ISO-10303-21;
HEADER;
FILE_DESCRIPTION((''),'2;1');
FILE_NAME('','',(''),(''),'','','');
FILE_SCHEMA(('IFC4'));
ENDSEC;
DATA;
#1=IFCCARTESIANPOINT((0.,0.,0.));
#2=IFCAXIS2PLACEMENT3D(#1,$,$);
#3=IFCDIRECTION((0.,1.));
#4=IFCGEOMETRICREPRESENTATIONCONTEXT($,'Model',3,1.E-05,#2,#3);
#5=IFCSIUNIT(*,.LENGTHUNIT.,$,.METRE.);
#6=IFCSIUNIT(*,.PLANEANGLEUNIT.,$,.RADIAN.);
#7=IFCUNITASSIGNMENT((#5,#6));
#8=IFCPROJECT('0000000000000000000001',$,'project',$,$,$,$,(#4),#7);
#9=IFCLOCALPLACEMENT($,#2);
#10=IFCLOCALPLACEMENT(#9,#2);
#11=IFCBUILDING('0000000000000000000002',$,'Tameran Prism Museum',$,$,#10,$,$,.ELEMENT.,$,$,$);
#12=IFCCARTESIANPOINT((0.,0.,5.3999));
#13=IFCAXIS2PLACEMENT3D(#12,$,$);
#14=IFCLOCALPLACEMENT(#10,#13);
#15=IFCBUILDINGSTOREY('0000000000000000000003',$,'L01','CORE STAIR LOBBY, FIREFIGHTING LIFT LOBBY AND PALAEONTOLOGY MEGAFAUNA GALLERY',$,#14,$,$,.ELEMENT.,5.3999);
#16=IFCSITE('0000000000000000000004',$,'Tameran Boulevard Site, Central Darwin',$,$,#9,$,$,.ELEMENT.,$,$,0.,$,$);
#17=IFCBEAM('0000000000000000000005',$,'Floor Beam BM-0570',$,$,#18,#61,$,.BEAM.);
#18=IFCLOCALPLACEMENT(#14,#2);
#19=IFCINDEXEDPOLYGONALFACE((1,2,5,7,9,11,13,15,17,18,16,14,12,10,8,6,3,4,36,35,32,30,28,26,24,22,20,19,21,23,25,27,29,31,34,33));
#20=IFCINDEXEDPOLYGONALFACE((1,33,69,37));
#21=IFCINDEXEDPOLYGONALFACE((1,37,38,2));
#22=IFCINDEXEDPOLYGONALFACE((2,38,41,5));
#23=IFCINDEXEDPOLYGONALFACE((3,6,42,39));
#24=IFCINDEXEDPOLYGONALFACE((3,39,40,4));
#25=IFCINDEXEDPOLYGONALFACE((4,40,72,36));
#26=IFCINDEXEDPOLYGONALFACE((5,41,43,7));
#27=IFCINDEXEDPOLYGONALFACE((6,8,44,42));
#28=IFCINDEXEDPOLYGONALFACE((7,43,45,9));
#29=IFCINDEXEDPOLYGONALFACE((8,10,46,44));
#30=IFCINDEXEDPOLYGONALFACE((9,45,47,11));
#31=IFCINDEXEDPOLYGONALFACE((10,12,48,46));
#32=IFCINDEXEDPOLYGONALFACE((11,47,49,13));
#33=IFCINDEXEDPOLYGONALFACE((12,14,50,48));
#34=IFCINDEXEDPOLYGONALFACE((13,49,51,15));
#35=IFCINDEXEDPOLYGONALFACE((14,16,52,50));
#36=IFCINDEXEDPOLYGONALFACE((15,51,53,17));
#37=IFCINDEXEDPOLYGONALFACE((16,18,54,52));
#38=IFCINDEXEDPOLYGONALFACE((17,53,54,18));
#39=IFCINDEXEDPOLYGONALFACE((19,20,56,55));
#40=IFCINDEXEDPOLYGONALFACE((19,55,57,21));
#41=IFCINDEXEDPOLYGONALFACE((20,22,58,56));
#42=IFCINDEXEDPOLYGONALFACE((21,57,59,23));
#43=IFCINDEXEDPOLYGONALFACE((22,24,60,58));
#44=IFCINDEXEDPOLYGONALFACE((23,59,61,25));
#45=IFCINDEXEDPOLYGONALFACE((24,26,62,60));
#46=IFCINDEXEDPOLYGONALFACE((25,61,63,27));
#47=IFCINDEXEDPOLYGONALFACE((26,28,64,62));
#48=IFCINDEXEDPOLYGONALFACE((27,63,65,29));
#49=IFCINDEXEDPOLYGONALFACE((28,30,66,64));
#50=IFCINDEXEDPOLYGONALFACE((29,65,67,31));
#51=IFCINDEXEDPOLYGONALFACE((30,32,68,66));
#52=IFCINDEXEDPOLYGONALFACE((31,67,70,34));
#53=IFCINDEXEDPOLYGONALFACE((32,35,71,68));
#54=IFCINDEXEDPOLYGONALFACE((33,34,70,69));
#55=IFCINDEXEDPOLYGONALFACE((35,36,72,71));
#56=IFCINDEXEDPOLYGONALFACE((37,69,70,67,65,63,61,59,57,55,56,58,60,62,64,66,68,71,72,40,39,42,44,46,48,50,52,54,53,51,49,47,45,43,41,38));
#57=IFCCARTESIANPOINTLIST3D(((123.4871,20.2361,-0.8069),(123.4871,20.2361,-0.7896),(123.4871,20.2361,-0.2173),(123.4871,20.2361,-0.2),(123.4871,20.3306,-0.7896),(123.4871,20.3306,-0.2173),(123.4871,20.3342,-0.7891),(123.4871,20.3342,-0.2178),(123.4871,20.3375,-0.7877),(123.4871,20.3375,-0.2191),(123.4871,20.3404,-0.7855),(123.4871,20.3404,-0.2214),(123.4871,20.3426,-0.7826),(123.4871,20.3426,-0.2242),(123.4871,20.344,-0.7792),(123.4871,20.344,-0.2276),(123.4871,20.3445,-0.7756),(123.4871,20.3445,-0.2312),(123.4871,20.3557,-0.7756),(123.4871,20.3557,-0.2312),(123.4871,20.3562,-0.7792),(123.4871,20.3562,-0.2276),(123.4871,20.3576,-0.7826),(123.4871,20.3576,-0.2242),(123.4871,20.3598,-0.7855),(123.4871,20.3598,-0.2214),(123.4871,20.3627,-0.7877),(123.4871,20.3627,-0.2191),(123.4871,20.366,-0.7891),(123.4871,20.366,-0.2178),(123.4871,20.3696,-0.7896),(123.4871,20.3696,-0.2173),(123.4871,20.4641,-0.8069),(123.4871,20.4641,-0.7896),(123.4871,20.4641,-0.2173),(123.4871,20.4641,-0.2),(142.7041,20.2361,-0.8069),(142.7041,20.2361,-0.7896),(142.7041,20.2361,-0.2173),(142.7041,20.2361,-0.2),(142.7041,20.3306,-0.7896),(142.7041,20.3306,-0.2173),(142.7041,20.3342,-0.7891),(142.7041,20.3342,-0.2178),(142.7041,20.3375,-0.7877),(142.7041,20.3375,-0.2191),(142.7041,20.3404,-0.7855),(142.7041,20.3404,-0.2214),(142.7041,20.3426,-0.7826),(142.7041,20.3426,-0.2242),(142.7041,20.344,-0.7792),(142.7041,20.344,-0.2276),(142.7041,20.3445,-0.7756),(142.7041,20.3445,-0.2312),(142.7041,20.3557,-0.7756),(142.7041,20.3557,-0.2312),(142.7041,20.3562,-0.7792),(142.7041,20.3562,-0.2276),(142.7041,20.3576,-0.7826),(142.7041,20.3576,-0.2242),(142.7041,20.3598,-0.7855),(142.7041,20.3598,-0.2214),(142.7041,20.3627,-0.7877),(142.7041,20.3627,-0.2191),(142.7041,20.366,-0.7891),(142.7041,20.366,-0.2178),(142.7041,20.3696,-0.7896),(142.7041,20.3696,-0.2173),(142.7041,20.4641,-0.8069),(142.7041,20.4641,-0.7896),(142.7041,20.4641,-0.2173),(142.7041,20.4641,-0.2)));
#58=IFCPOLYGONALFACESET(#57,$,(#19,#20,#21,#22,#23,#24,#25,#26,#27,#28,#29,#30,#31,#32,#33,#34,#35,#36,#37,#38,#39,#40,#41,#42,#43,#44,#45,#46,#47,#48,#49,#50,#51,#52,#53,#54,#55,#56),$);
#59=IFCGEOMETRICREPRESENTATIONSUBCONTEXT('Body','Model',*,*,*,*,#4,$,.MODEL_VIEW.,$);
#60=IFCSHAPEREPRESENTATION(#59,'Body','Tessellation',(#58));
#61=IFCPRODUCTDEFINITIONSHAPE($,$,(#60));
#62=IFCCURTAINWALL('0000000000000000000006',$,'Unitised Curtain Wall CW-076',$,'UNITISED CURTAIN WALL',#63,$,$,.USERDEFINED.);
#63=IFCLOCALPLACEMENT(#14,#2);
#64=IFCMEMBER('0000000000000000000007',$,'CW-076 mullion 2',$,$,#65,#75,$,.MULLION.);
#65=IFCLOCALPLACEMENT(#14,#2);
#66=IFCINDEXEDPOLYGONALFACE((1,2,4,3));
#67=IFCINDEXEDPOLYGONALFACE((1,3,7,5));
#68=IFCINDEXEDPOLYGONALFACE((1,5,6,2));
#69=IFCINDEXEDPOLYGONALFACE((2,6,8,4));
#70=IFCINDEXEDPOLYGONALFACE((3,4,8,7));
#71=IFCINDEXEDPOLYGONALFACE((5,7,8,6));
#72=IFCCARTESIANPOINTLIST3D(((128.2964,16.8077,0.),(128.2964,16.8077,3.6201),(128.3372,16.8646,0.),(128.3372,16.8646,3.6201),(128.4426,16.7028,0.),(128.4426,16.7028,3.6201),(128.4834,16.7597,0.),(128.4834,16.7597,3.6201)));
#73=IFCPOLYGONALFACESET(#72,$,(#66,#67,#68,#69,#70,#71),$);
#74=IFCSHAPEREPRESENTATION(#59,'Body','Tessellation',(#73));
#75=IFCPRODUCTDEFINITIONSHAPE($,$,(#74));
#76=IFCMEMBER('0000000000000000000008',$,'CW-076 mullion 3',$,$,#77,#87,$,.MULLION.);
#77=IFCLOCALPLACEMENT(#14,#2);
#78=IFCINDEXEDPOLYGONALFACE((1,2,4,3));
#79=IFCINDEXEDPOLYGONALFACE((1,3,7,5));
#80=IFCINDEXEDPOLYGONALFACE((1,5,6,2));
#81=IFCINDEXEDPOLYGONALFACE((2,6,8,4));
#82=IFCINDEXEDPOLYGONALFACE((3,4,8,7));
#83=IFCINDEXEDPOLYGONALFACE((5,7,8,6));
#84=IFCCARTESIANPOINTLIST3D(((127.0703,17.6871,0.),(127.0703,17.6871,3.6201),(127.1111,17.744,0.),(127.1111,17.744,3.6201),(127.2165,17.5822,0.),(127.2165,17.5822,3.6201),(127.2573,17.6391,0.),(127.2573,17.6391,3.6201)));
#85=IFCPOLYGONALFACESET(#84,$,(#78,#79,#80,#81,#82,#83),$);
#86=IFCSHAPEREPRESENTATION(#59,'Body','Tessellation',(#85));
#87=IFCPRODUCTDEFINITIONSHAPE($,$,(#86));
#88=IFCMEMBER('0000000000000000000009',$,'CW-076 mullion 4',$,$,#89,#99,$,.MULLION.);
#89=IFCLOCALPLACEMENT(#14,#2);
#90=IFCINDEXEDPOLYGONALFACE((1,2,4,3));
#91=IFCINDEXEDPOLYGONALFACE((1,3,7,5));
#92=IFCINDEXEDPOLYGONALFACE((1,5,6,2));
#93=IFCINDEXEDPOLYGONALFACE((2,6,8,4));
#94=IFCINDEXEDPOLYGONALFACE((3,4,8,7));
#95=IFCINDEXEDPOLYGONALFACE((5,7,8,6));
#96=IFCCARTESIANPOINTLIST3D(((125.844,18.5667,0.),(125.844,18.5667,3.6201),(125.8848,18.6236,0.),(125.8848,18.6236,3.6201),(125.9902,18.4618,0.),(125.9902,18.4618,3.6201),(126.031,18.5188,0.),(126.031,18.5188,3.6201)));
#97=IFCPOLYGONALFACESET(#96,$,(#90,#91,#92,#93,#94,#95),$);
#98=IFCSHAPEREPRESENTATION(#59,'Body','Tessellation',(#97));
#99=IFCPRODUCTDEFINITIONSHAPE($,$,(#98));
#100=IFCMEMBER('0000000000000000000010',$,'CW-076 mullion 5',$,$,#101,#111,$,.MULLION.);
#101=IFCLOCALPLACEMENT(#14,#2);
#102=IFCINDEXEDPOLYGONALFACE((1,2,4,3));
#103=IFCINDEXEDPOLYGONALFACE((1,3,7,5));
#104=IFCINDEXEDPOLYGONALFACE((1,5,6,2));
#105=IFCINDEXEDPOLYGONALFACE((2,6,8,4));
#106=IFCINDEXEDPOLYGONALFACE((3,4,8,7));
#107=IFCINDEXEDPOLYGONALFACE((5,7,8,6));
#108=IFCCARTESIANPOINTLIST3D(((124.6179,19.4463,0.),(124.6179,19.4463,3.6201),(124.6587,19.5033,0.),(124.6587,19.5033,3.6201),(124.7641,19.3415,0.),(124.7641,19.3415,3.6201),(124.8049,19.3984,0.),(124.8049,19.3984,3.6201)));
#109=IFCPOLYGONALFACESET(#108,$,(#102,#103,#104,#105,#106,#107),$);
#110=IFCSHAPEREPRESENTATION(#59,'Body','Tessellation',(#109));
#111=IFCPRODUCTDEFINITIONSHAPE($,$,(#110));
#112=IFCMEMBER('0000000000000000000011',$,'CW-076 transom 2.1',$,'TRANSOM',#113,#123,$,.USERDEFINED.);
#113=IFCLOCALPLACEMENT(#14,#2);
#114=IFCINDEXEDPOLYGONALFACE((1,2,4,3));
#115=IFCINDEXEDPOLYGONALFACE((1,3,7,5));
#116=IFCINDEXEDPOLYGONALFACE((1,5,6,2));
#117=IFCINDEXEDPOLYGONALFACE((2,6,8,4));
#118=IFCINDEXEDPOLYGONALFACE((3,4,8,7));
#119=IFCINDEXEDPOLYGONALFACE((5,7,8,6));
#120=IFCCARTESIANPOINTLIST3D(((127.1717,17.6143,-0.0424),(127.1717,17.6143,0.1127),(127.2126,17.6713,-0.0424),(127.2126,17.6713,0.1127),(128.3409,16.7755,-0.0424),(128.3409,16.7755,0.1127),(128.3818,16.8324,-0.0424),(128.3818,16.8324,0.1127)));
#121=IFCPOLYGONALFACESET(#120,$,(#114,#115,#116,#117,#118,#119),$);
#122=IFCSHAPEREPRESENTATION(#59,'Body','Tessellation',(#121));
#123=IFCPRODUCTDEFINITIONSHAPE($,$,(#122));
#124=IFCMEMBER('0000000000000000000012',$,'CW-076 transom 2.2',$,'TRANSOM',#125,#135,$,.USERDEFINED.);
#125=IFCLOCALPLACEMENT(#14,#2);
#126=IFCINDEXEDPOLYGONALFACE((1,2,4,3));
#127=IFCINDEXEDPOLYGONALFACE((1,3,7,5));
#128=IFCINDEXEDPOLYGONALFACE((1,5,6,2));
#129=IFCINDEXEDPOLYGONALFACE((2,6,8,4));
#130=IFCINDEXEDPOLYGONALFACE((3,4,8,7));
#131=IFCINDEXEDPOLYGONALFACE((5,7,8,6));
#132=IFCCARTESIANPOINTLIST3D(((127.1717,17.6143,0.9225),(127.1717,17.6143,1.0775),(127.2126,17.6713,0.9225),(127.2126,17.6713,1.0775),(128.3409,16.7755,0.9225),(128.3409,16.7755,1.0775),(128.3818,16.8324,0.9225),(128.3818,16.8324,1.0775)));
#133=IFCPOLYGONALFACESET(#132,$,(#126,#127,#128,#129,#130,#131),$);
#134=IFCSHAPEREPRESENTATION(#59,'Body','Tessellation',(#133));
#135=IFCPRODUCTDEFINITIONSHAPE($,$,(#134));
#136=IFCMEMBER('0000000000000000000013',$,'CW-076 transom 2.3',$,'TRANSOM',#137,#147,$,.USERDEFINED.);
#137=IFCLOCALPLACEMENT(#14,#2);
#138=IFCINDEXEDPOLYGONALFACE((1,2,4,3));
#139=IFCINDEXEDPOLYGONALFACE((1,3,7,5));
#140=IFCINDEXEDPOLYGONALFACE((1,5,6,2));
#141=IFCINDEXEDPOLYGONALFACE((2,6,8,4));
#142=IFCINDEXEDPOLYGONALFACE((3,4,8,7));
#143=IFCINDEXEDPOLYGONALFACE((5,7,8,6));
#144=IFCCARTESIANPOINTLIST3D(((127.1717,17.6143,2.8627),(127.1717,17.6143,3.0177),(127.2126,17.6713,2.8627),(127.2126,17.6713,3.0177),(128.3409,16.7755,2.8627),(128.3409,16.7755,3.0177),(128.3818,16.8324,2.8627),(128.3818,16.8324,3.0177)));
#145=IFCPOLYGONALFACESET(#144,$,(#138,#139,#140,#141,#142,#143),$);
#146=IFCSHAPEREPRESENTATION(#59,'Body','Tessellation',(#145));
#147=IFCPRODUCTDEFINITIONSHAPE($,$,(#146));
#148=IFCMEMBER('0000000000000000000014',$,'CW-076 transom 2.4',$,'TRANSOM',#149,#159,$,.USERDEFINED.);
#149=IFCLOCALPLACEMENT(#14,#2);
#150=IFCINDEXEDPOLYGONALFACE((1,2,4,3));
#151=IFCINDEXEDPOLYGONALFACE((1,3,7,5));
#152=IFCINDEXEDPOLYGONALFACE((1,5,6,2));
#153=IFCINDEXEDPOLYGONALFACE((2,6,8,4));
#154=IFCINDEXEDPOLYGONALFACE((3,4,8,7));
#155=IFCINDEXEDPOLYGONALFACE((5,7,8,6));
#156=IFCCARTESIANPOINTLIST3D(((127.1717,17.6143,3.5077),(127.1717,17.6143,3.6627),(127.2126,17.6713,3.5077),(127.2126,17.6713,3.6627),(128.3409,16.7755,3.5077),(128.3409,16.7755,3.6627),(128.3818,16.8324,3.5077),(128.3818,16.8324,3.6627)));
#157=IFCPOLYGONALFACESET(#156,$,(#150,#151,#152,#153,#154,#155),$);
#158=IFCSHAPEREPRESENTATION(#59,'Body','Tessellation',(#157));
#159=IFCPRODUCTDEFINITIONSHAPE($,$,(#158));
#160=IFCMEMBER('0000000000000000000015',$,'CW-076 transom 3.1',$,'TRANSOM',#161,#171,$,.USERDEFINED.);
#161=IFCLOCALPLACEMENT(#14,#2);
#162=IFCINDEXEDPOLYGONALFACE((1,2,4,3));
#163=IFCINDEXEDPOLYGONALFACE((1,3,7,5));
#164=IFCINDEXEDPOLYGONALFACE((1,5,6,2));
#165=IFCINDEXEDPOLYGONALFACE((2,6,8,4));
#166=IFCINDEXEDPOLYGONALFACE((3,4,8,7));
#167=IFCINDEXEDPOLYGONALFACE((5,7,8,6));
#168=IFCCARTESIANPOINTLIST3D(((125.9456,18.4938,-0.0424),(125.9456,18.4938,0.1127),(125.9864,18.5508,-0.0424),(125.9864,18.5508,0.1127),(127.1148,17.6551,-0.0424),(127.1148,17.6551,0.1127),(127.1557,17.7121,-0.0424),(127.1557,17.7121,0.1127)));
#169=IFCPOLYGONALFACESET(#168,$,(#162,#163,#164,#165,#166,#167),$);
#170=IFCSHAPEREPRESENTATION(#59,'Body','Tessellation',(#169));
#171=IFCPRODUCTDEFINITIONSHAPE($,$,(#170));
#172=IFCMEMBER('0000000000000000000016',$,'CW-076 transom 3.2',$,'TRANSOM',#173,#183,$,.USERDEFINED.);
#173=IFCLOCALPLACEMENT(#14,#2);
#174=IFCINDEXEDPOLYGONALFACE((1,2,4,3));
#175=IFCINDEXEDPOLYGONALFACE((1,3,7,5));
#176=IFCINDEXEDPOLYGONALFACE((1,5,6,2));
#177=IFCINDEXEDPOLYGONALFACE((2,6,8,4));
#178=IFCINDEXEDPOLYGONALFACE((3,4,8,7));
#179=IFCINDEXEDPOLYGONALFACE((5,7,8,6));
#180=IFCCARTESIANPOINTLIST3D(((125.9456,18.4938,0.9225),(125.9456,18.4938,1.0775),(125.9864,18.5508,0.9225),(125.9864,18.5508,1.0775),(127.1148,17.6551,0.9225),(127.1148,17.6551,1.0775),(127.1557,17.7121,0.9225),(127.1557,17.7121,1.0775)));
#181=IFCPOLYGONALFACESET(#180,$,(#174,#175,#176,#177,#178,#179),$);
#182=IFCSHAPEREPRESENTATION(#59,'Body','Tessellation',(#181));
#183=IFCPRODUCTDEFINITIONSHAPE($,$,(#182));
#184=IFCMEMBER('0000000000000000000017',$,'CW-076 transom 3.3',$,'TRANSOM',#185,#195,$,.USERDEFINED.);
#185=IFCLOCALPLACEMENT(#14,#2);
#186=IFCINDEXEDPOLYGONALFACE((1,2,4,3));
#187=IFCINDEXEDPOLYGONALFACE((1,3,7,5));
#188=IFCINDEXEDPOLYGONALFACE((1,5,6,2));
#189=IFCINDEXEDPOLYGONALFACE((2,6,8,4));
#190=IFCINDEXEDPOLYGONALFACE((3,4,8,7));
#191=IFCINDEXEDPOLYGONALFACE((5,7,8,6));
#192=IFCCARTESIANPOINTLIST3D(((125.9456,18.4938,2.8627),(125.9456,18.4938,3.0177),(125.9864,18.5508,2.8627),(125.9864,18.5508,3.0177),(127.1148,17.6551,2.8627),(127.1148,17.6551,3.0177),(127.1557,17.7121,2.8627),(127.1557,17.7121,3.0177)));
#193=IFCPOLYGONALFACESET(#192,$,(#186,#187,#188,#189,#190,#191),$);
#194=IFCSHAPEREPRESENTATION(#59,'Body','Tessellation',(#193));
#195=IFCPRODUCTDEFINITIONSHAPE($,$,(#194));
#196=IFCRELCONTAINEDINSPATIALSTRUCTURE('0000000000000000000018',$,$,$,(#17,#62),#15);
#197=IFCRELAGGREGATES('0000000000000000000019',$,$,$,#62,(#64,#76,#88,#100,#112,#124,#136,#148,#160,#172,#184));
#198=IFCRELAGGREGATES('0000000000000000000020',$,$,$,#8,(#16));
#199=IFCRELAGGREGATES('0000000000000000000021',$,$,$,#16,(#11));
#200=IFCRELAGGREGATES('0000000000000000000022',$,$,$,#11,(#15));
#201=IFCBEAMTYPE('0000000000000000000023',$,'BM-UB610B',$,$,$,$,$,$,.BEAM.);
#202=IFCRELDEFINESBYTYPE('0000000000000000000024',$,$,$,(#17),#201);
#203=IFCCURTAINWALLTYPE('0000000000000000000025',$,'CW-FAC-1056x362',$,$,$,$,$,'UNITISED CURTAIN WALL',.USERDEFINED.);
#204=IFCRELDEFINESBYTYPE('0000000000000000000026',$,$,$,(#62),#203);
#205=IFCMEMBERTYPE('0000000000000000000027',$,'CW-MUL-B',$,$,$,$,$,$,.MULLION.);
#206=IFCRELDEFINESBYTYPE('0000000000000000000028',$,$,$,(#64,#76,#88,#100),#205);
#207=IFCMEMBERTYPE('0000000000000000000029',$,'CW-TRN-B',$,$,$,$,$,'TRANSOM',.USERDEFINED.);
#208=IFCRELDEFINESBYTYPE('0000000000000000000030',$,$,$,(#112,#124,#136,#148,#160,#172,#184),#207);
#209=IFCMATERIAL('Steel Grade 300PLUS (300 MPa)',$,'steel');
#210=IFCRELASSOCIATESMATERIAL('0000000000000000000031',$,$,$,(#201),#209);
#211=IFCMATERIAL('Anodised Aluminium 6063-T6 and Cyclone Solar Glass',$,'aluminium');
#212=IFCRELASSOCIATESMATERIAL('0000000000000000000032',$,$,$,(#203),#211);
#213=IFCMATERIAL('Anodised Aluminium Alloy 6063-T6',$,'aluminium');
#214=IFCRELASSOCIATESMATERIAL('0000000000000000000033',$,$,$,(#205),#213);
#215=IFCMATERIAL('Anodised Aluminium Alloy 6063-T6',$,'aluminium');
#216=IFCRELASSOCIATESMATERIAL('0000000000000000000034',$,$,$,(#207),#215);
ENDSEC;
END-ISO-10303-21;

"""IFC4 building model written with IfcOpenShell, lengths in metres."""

from ifc_helpers import new_model, si_unit, direction, frame, origin, origin_2d, place, context, subcontext, project, spatial, rectangle, i_section, extrude, material, material_profile, profile_set, type_object, element, aggregate, save


model = new_model("IFC4")

# Units and contexts
model_context = context("Model", 3, precision=1e-05, world=origin(), true_north=direction((0.0, 1.0)))
body_context = subcontext(model_context, "Body", "Model", "MODEL_VIEW")
ifc_project = project(units=[si_unit("LENGTHUNIT", "METRE"), si_unit("PLANEANGLEUNIT", "RADIAN")], contexts=[model_context])

# Site, building, storey
site_placement = place(None, origin())
site = spatial("IfcSite", under=ifc_project, at=site_placement, Name="Tameran Boulevard Site, Central Darwin", CompositionType="ELEMENT", RefElevation=0.0)
building_placement = place(site_placement, origin())
building = spatial("IfcBuilding", under=site, at=building_placement, Name="Tameran Prism Museum", CompositionType="ELEMENT")
storey_placement = place(building_placement, frame((0.0, 0.0, 5.3999)))
storey = spatial("IfcBuildingStorey", under=building, at=storey_placement, Name="L01", Description="CORE STAIR LOBBY, FIREFIGHTING LIFT LOBBY AND PALAEONTOLOGY MEGAFAUNA GALLERY", CompositionType="ELEMENT", Elevation=5.3999)

# Beam
ifc_material_1 = material(Name="Steel Grade 300PLUS (300 MPa)", Category="steel")
ifc_material_profile_1 = material_profile(ifc_material_1, i_section(OverallWidth=0.228, OverallDepth=0.6069, WebThickness=0.0112, FlangeThickness=0.0173, FilletRadius=0.0139, at=origin_2d()))
ifc_profile_set_1 = profile_set([ifc_material_profile_1])
beam_type = type_object("IfcBeamType", Name="BM-UB610B", PredefinedType="BEAM", material=ifc_profile_set_1)
beam_placement = place(storey_placement, frame((123.4871, 20.3501, -0.5034), z_axis=(1.0, 0.0, 0.0), x_axis=(0.0, 1.0, 0.0)))
element("IfcBeam", 1, at=beam_placement, inside=storey, type_object=beam_type, Name="Floor Beam BM-0570", PredefinedType="BEAM", context=body_context, shape_type="SweptSolid", body=[
    extrude(i_section(OverallWidth=0.228, OverallDepth=0.6069, WebThickness=0.0112, FlangeThickness=0.0173, FilletRadius=0.0139, at=origin_2d()), origin(), (0.0, 0.0, 1.0), 19.217),
])

# Curtain wall, members
ifc_material_2 = material(Name="Anodised Aluminium 6063-T6 and Cyclone Solar Glass", Category="aluminium")
curtain_wall_type = type_object("IfcCurtainWallType", Name="CW-FAC-1056x362", ElementType="UNITISED CURTAIN WALL", PredefinedType="USERDEFINED", material=ifc_material_2)
curtain_wall_placement = place(storey_placement, origin())
curtain_wall = element("IfcCurtainWall", 2, at=curtain_wall_placement, inside=storey, type_object=curtain_wall_type, Name="Unitised Curtain Wall CW-076", ObjectType="UNITISED CURTAIN WALL", PredefinedType="USERDEFINED")
ifc_material_3 = material(Name="Anodised Aluminium Alloy 6063-T6", Category="aluminium")
ifc_material_profile_2 = material_profile(ifc_material_3, rectangle(XDim=0.0701, YDim=0.1799, at=origin_2d()))
ifc_profile_set_2 = profile_set([ifc_material_profile_2])
member_type_1 = type_object("IfcMemberType", Name="CW-MUL-B", PredefinedType="MULLION", material=ifc_profile_set_2)
member_1_placement = place(storey_placement, frame((128.3899, 16.7837, 0.0), z_axis=(0.0, 0.0, 1.0), x_axis=(-0.582885, -0.812555, 0.0)))
member_1 = element("IfcMember", 3, at=member_1_placement, type_object=member_type_1, Name="CW-076 mullion 2", PredefinedType="MULLION", context=body_context, shape_type="SweptSolid", body=[
    extrude(rectangle(XDim=0.0701, YDim=0.1799, at=origin_2d()), origin(), (0.0, 0.0, 1.0), 3.6201),
])
member_2_placement = place(storey_placement, frame((127.1638, 17.6631, 0.0), z_axis=(0.0, 0.0, 1.0), x_axis=(-0.582885, -0.812555, 0.0)))
member_2 = element("IfcMember", 4, at=member_2_placement, type_object=member_type_1, Name="CW-076 mullion 3", PredefinedType="MULLION", context=body_context, shape_type="SweptSolid", body=[
    extrude(rectangle(XDim=0.0701, YDim=0.1799, at=origin_2d()), origin(), (0.0, 0.0, 1.0), 3.6201),
])
member_3_placement = place(storey_placement, frame((125.9375, 18.5427, 0.0), z_axis=(0.0, 0.0, 1.0), x_axis=(-0.582885, -0.812555, 0.0)))
member_3 = element("IfcMember", 5, at=member_3_placement, type_object=member_type_1, Name="CW-076 mullion 4", PredefinedType="MULLION", context=body_context, shape_type="SweptSolid", body=[
    extrude(rectangle(XDim=0.0701, YDim=0.1799, at=origin_2d()), origin(), (0.0, 0.0, 1.0), 3.6201),
])
member_4_placement = place(storey_placement, frame((124.7114, 19.4224, 0.0), z_axis=(0.0, 0.0, 1.0), x_axis=(-0.582885, -0.812555, 0.0)))
member_4 = element("IfcMember", 6, at=member_4_placement, type_object=member_type_1, Name="CW-076 mullion 5", PredefinedType="MULLION", context=body_context, shape_type="SweptSolid", body=[
    extrude(rectangle(XDim=0.0701, YDim=0.1799, at=origin_2d()), origin(), (0.0, 0.0, 1.0), 3.6201),
])
ifc_material_4 = material(Name="Anodised Aluminium Alloy 6063-T6", Category="aluminium")
ifc_material_profile_3 = material_profile(ifc_material_4, rectangle(XDim=0.0701, YDim=0.155, at=origin_2d()))
ifc_profile_set_3 = profile_set([ifc_material_profile_3])
member_type_2 = type_object("IfcMemberType", Name="CW-TRN-B", ElementType="TRANSOM", PredefinedType="USERDEFINED", material=ifc_profile_set_3)
member_5_placement = place(storey_placement, frame((128.3613, 16.804, 0.0352), z_axis=(-0.812505, 0.582954, 0.0), x_axis=(-0.582954, -0.812505, 0.0)))
member_5 = element("IfcMember", 7, at=member_5_placement, type_object=member_type_2, Name="CW-076 transom 2.1", ObjectType="TRANSOM", PredefinedType="USERDEFINED", context=body_context, shape_type="SweptSolid", body=[
    extrude(rectangle(XDim=0.0701, YDim=0.155, at=origin_2d()), origin(), (0.0, 0.0, 1.0), 1.439),
])
member_6_placement = place(storey_placement, frame((128.3613, 16.804, 1.0), z_axis=(-0.812505, 0.582954, 0.0), x_axis=(-0.582954, -0.812505, 0.0)))
member_6 = element("IfcMember", 8, at=member_6_placement, type_object=member_type_2, Name="CW-076 transom 2.2", ObjectType="TRANSOM", PredefinedType="USERDEFINED", context=body_context, shape_type="SweptSolid", body=[
    extrude(rectangle(XDim=0.0701, YDim=0.155, at=origin_2d()), origin(), (0.0, 0.0, 1.0), 1.439),
])
member_7_placement = place(storey_placement, frame((128.3613, 16.804, 2.9402), z_axis=(-0.812505, 0.582954, 0.0), x_axis=(-0.582954, -0.812505, 0.0)))
member_7 = element("IfcMember", 9, at=member_7_placement, type_object=member_type_2, Name="CW-076 transom 2.3", ObjectType="TRANSOM", PredefinedType="USERDEFINED", context=body_context, shape_type="SweptSolid", body=[
    extrude(rectangle(XDim=0.0701, YDim=0.155, at=origin_2d()), origin(), (0.0, 0.0, 1.0), 1.439),
])
member_8_placement = place(storey_placement, frame((128.3613, 16.804, 3.5852), z_axis=(-0.812505, 0.582954, 0.0), x_axis=(-0.582954, -0.812505, 0.0)))
member_8 = element("IfcMember", 10, at=member_8_placement, type_object=member_type_2, Name="CW-076 transom 2.4", ObjectType="TRANSOM", PredefinedType="USERDEFINED", context=body_context, shape_type="SweptSolid", body=[
    extrude(rectangle(XDim=0.0701, YDim=0.155, at=origin_2d()), origin(), (0.0, 0.0, 1.0), 1.439),
])
member_9_placement = place(storey_placement, frame((127.1353, 17.6836, 0.0352), z_axis=(-0.812585, 0.582842, 0.0), x_axis=(-0.582842, -0.812585, 0.0)))
member_9 = element("IfcMember", 11, at=member_9_placement, type_object=member_type_2, Name="CW-076 transom 3.1", ObjectType="TRANSOM", PredefinedType="USERDEFINED", context=body_context, shape_type="SweptSolid", body=[
    extrude(rectangle(XDim=0.0701, YDim=0.155, at=origin_2d()), origin(), (0.0, 0.0, 1.0), 1.439),
])
member_10_placement = place(storey_placement, frame((127.1353, 17.6836, 1.0), z_axis=(-0.812585, 0.582842, 0.0), x_axis=(-0.582842, -0.812585, 0.0)))
member_10 = element("IfcMember", 12, at=member_10_placement, type_object=member_type_2, Name="CW-076 transom 3.2", ObjectType="TRANSOM", PredefinedType="USERDEFINED", context=body_context, shape_type="SweptSolid", body=[
    extrude(rectangle(XDim=0.0701, YDim=0.155, at=origin_2d()), origin(), (0.0, 0.0, 1.0), 1.439),
])
member_11_placement = place(storey_placement, frame((127.1353, 17.6836, 2.9402), z_axis=(-0.812585, 0.582842, 0.0), x_axis=(-0.582842, -0.812585, 0.0)))
member_11 = element("IfcMember", 13, at=member_11_placement, type_object=member_type_2, Name="CW-076 transom 3.3", ObjectType="TRANSOM", PredefinedType="USERDEFINED", context=body_context, shape_type="SweptSolid", body=[
    extrude(rectangle(XDim=0.0701, YDim=0.155, at=origin_2d()), origin(), (0.0, 0.0, 1.0), 1.439),
])
aggregate(curtain_wall, [member_1, member_2, member_3, member_4, member_5, member_6, member_7, member_8, member_9, member_10, member_11])

save(model, "model.ifc")
